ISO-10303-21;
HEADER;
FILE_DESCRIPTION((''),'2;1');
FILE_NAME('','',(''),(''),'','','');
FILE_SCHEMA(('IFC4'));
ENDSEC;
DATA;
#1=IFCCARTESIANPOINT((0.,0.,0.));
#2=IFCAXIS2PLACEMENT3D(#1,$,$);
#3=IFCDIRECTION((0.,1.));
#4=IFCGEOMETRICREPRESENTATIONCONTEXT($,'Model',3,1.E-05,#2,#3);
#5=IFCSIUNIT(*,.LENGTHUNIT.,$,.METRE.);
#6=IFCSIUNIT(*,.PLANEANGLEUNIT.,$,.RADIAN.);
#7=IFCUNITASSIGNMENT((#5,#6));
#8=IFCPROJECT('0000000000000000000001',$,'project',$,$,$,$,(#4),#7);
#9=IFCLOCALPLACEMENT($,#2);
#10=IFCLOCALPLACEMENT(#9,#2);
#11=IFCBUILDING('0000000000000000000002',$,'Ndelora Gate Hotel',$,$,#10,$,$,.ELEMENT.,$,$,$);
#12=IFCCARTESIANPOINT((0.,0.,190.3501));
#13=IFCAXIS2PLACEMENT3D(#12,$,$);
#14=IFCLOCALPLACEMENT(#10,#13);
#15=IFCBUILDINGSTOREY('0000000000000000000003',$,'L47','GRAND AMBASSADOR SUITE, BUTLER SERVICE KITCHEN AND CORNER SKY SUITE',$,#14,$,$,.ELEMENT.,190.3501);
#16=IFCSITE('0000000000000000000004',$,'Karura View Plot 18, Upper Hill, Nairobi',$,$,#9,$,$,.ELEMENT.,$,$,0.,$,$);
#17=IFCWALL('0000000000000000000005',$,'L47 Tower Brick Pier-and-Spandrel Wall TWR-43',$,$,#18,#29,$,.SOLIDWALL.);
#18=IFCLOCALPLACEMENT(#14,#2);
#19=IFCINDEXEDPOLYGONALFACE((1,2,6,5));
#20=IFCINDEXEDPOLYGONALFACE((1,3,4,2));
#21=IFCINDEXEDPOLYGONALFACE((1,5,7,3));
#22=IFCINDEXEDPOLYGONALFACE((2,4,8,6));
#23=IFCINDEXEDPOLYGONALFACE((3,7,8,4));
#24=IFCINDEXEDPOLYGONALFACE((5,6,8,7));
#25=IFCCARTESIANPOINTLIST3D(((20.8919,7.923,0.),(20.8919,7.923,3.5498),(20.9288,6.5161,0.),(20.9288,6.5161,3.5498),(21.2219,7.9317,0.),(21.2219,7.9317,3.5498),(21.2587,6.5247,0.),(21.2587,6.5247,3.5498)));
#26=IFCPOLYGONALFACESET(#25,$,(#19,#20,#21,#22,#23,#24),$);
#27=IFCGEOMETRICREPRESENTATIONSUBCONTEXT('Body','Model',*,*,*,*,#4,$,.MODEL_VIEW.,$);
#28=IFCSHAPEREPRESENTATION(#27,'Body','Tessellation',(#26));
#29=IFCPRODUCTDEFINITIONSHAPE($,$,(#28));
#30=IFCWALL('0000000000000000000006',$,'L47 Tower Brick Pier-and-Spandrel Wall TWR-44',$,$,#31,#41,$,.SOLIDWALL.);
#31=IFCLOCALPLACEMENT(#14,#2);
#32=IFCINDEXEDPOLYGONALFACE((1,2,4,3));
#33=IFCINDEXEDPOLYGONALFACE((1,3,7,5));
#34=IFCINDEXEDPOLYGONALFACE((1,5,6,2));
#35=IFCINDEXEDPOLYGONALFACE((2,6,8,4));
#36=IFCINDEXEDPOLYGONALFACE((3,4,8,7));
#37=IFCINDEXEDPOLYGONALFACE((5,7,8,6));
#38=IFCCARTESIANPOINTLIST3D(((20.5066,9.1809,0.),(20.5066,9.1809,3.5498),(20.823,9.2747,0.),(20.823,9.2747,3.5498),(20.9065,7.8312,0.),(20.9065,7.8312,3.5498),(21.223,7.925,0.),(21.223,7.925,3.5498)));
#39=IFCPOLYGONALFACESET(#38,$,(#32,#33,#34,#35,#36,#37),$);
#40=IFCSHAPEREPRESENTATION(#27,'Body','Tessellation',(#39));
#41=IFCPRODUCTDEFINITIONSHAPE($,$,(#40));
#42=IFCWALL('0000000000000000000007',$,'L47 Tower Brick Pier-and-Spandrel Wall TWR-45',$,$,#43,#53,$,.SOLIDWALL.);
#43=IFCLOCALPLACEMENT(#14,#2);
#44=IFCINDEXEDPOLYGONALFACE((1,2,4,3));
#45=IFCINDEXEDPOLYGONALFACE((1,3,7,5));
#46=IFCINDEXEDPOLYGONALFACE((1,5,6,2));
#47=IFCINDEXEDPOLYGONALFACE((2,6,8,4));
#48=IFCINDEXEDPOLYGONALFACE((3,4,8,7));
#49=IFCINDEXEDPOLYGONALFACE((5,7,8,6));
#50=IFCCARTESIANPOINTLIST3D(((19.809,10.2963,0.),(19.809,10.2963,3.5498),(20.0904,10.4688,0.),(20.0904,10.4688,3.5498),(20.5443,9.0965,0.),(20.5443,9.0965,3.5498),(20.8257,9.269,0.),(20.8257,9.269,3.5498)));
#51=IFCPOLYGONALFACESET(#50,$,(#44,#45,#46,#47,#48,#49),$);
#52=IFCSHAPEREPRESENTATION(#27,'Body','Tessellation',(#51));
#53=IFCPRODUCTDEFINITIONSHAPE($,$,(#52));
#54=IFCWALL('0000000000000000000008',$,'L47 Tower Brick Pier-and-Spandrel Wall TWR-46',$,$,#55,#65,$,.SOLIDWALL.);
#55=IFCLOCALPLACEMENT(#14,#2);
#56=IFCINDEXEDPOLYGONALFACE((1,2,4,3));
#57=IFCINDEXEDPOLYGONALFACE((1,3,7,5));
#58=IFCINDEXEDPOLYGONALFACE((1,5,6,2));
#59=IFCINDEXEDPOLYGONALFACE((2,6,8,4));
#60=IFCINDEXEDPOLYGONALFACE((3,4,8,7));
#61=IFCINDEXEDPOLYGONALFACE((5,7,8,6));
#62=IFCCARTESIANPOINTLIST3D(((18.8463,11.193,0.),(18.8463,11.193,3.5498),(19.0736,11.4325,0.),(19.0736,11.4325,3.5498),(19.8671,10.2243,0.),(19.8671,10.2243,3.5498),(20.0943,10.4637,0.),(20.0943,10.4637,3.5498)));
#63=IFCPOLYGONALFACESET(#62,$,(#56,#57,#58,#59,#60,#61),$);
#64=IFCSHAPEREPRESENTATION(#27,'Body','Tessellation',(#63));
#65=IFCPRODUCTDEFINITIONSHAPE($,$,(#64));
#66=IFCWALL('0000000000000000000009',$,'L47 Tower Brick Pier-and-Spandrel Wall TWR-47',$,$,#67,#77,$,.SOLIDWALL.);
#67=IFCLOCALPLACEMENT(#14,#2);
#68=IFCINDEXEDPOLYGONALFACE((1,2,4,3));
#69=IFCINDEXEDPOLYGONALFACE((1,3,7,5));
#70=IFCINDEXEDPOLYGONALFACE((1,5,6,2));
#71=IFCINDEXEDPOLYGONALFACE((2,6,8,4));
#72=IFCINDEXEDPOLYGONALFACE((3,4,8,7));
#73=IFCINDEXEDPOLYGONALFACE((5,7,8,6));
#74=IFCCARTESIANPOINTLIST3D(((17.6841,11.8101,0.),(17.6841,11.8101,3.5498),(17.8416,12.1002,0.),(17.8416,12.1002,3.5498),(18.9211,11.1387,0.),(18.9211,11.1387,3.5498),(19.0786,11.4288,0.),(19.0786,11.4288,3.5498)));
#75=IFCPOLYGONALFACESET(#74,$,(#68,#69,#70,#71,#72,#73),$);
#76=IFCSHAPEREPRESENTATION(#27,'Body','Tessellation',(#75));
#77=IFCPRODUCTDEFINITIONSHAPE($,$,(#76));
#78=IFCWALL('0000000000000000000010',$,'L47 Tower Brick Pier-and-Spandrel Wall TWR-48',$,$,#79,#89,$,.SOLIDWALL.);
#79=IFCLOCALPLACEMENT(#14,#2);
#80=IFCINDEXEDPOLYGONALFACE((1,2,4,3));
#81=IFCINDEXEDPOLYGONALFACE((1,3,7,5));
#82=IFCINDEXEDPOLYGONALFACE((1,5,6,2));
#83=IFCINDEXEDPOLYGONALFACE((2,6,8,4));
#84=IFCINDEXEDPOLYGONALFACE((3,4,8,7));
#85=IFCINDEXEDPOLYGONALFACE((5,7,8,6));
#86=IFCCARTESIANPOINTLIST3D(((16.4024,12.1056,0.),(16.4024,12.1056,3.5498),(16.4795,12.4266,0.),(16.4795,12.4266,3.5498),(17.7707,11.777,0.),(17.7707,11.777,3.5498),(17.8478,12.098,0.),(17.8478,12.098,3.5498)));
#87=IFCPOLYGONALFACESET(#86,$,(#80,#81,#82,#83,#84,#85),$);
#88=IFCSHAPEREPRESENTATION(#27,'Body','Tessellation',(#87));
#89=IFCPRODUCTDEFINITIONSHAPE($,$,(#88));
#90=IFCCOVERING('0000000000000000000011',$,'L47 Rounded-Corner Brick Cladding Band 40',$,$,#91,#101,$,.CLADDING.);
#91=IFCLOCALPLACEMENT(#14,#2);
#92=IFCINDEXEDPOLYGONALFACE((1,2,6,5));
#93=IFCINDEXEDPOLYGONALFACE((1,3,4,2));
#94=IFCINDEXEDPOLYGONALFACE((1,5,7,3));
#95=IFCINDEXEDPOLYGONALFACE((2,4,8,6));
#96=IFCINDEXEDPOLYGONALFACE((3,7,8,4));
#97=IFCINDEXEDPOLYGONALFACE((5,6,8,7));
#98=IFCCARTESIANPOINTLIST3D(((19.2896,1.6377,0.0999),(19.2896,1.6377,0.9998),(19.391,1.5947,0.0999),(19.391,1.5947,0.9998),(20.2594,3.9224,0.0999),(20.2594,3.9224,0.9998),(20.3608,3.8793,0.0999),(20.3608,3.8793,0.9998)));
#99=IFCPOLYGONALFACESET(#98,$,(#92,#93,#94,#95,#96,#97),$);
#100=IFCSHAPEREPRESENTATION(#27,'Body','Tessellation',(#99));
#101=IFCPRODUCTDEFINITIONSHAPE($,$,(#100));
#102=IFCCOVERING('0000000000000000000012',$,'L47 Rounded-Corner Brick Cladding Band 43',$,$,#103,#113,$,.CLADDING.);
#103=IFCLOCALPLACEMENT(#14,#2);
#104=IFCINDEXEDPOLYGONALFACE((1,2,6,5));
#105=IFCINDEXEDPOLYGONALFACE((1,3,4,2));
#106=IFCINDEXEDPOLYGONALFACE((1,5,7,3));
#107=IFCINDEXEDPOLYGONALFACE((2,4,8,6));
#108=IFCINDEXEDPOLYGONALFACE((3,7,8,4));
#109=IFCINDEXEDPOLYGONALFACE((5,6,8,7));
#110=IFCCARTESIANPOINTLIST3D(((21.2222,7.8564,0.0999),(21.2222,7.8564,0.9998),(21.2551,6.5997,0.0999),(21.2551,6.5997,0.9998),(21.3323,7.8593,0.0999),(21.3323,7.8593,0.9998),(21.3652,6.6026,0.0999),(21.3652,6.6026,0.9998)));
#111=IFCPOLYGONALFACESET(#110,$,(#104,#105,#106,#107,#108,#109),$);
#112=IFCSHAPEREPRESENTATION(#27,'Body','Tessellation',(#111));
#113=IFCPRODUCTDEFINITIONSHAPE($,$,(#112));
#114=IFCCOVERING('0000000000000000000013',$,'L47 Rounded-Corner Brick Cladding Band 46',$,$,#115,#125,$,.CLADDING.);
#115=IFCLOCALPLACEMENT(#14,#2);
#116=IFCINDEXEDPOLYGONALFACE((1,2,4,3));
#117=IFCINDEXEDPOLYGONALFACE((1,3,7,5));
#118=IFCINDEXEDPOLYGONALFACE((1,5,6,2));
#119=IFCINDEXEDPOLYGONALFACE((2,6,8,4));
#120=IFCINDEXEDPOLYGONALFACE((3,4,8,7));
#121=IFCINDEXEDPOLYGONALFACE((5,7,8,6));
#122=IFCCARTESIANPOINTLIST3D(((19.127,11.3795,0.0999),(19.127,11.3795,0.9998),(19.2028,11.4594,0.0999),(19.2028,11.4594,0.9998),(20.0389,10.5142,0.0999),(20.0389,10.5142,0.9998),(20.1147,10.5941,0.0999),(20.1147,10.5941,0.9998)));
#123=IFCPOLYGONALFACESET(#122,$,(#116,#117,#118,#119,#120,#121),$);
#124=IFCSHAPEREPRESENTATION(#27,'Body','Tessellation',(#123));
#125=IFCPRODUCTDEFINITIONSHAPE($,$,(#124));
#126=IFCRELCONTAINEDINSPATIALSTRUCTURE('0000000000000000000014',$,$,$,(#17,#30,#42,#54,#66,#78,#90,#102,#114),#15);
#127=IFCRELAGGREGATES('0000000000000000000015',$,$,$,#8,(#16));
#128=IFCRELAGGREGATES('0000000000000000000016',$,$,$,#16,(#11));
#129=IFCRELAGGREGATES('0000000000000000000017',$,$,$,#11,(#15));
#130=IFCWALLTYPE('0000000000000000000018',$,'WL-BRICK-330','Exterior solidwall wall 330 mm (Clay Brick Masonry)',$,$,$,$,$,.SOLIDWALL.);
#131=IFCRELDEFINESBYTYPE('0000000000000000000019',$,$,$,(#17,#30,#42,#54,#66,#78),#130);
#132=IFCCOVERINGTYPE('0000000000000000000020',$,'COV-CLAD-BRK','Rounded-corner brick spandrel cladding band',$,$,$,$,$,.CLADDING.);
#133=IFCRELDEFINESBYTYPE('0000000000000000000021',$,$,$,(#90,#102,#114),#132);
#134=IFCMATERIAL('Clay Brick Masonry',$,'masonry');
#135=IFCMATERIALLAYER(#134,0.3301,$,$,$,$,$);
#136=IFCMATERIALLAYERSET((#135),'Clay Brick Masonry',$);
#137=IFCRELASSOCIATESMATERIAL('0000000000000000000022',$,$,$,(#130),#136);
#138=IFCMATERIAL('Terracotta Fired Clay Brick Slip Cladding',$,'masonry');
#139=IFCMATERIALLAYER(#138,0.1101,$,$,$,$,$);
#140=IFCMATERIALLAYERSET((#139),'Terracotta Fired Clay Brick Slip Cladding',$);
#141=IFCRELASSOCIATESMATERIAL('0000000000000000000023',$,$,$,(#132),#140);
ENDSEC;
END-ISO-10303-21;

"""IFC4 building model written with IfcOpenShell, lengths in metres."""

from ifc_helpers import new_model, si_unit, direction, frame, frame_2d, origin, origin_2d, place, context, subcontext, project, spatial, rectangle, extrude, material, layer, layer_set, type_object, element, save


model = new_model("IFC4")

# Units and contexts
model_context = context("Model", 3, precision=1e-05, world=origin(), true_north=direction((0.0, 1.0)))
body_context = subcontext(model_context, "Body", "Model", "MODEL_VIEW")
ifc_project = project(units=[si_unit("LENGTHUNIT", "METRE"), si_unit("PLANEANGLEUNIT", "RADIAN")], contexts=[model_context])

# Site, building, storey
site_placement = place(None, origin())
site = spatial("IfcSite", under=ifc_project, at=site_placement, Name="Karura View Plot 18, Upper Hill, Nairobi", CompositionType="ELEMENT", RefElevation=0.0)
building_placement = place(site_placement, origin())
building = spatial("IfcBuilding", under=site, at=building_placement, Name="Ndelora Gate Hotel", CompositionType="ELEMENT")
storey_placement = place(building_placement, frame((0.0, 0.0, 190.3501)))
storey = spatial("IfcBuildingStorey", under=building, at=storey_placement, Name="L47", Description="GRAND AMBASSADOR SUITE, BUTLER SERVICE KITCHEN AND CORNER SKY SUITE", CompositionType="ELEMENT", Elevation=190.3501)

# Shared definitions
ifc_material_1 = material(Name="Clay Brick Masonry", Category="masonry")
ifc_layer_1 = layer(ifc_material_1, 0.3301)
ifc_layer_set_1 = layer_set([ifc_layer_1], Name="Clay Brick Masonry")
wall_type = type_object("IfcWallType", Name="WL-BRICK-330", Description="Exterior solidwall wall 330 mm (Clay Brick Masonry)", PredefinedType="SOLIDWALL", material=ifc_layer_set_1)

# Walls
for number, where, z_axis, x_axis, name in (
    (1, (21.0569, 7.9272, 0.0), (0.0, 0.0, 1.0), (0.026193, -0.999657, 0.0), "L47 Tower Brick Pier-and-Spandrel Wall TWR-43"),
):
    element("IfcWall", number, at=place(storey_placement, frame(where, z_axis=z_axis, x_axis=x_axis)), inside=storey, type_object=wall_type, Name=name, PredefinedType="SOLIDWALL", context=body_context, shape_type="SweptSolid", body=[
        extrude(rectangle(XDim=1.4075, YDim=0.3301, at=frame_2d((0.7036, 0.0))), origin(), (0.0, 0.0, 1.0), 3.5498),
    ])
wall_1_placement = place(storey_placement, frame((20.6648, 9.2278, 0.0), z_axis=(0.0, 0.0, 1.0), x_axis=(0.2841, -0.958795, 0.0)))
element("IfcWall", 2, at=wall_1_placement, inside=storey, type_object=wall_type, Name="L47 Tower Brick Pier-and-Spandrel Wall TWR-44", PredefinedType="SOLIDWALL", context=body_context, shape_type="SweptSolid", body=[
    extrude(rectangle(XDim=1.4077, YDim=0.3301, at=frame_2d((0.7039, 0.0))), origin(), (0.0, 0.0, 1.0), 3.5498),
])
for number, where, z_axis, x_axis, name in (
    (3, (19.9497, 10.3826, 0.0), (0.0, 0.0, 1.0), (0.522509, -0.852634, 0.0), "L47 Tower Brick Pier-and-Spandrel Wall TWR-45"),
    (4, (18.96, 11.3127, 0.0), (0.0, 0.0, 1.0), (0.725342, -0.688389, 0.0), "L47 Tower Brick Pier-and-Spandrel Wall TWR-46"),
):
    element("IfcWall", number, at=place(storey_placement, frame(where, z_axis=z_axis, x_axis=x_axis)), inside=storey, type_object=wall_type, Name=name, PredefinedType="SOLIDWALL", context=body_context, shape_type="SweptSolid", body=[
        extrude(rectangle(XDim=1.4072, YDim=0.3301, at=frame_2d((0.7036, 0.0))), origin(), (0.0, 0.0, 1.0), 3.5498),
    ])
wall_2_placement = place(storey_placement, frame((17.7629, 11.9551, 0.0), z_axis=(0.0, 0.0, 1.0), x_axis=(0.878901, -0.477004, 0.0)))
element("IfcWall", 5, at=wall_2_placement, inside=storey, type_object=wall_type, Name="L47 Tower Brick Pier-and-Spandrel Wall TWR-47", PredefinedType="SOLIDWALL", context=body_context, shape_type="SweptSolid", body=[
    extrude(rectangle(XDim=1.4075, YDim=0.3301, at=frame_2d((0.7036, 0.0))), origin(), (0.0, 0.0, 1.0), 3.5498),
])
wall_3_placement = place(storey_placement, frame((16.4409, 12.2661, 0.0), z_axis=(0.0, 0.0, 1.0), x_axis=(0.972356, -0.233504, 0.0)))
element("IfcWall", 6, at=wall_3_placement, inside=storey, type_object=wall_type, Name="L47 Tower Brick Pier-and-Spandrel Wall TWR-48", PredefinedType="SOLIDWALL", context=body_context, shape_type="SweptSolid", body=[
    extrude(rectangle(XDim=1.4072, YDim=0.3301, at=frame_2d((0.7036, 0.0))), origin(), (0.0, 0.0, 1.0), 3.5498),
])

# Coverings
ifc_material_2 = material(Name="Terracotta Fired Clay Brick Slip Cladding", Category="masonry")
ifc_layer_2 = layer(ifc_material_2, 0.1101)
ifc_layer_set_2 = layer_set([ifc_layer_2], Name="Terracotta Fired Clay Brick Slip Cladding")
covering_type = type_object("IfcCoveringType", Name="COV-CLAD-BRK", Description="Rounded-corner brick spandrel cladding band", PredefinedType="CLADDING", material=ifc_layer_set_2)
covering_placement = place(storey_placement, frame((19.8252, 2.7585, 0.0999), z_axis=(0.0, 0.0, 1.0), x_axis=(0.390731, 0.920505, 0.0)))
element("IfcCovering", 7, at=covering_placement, inside=storey, type_object=covering_type, Name="L47 Rounded-Corner Brick Cladding Band 40", PredefinedType="CLADDING", context=body_context, shape_type="SweptSolid", body=[
    extrude(rectangle(XDim=2.4819, YDim=0.1101, at=origin_2d()), origin(), (0.0, 0.0, 1.0), 0.8999),
])
for number, where, z_axis, x_axis, name in (
    (8, (21.2937, 7.2295, 0.0999), (0.0, 0.0, 1.0), (-0.026177, 0.999657, 0.0), "L47 Rounded-Corner Brick Cladding Band 43"),
    (9, (19.6208, 10.9868, 0.0999), (0.0, 0.0, 1.0), (-0.725374, 0.688355, 0.0), "L47 Rounded-Corner Brick Cladding Band 46"),
):
    element("IfcCovering", number, at=place(storey_placement, frame(where, z_axis=z_axis, x_axis=x_axis)), inside=storey, type_object=covering_type, Name=name, PredefinedType="CLADDING", context=body_context, shape_type="SweptSolid", body=[
        extrude(rectangle(XDim=1.2571, YDim=0.1101, at=origin_2d()), origin(), (0.0, 0.0, 1.0), 0.8999),
    ])

save(model, "model.ifc")
